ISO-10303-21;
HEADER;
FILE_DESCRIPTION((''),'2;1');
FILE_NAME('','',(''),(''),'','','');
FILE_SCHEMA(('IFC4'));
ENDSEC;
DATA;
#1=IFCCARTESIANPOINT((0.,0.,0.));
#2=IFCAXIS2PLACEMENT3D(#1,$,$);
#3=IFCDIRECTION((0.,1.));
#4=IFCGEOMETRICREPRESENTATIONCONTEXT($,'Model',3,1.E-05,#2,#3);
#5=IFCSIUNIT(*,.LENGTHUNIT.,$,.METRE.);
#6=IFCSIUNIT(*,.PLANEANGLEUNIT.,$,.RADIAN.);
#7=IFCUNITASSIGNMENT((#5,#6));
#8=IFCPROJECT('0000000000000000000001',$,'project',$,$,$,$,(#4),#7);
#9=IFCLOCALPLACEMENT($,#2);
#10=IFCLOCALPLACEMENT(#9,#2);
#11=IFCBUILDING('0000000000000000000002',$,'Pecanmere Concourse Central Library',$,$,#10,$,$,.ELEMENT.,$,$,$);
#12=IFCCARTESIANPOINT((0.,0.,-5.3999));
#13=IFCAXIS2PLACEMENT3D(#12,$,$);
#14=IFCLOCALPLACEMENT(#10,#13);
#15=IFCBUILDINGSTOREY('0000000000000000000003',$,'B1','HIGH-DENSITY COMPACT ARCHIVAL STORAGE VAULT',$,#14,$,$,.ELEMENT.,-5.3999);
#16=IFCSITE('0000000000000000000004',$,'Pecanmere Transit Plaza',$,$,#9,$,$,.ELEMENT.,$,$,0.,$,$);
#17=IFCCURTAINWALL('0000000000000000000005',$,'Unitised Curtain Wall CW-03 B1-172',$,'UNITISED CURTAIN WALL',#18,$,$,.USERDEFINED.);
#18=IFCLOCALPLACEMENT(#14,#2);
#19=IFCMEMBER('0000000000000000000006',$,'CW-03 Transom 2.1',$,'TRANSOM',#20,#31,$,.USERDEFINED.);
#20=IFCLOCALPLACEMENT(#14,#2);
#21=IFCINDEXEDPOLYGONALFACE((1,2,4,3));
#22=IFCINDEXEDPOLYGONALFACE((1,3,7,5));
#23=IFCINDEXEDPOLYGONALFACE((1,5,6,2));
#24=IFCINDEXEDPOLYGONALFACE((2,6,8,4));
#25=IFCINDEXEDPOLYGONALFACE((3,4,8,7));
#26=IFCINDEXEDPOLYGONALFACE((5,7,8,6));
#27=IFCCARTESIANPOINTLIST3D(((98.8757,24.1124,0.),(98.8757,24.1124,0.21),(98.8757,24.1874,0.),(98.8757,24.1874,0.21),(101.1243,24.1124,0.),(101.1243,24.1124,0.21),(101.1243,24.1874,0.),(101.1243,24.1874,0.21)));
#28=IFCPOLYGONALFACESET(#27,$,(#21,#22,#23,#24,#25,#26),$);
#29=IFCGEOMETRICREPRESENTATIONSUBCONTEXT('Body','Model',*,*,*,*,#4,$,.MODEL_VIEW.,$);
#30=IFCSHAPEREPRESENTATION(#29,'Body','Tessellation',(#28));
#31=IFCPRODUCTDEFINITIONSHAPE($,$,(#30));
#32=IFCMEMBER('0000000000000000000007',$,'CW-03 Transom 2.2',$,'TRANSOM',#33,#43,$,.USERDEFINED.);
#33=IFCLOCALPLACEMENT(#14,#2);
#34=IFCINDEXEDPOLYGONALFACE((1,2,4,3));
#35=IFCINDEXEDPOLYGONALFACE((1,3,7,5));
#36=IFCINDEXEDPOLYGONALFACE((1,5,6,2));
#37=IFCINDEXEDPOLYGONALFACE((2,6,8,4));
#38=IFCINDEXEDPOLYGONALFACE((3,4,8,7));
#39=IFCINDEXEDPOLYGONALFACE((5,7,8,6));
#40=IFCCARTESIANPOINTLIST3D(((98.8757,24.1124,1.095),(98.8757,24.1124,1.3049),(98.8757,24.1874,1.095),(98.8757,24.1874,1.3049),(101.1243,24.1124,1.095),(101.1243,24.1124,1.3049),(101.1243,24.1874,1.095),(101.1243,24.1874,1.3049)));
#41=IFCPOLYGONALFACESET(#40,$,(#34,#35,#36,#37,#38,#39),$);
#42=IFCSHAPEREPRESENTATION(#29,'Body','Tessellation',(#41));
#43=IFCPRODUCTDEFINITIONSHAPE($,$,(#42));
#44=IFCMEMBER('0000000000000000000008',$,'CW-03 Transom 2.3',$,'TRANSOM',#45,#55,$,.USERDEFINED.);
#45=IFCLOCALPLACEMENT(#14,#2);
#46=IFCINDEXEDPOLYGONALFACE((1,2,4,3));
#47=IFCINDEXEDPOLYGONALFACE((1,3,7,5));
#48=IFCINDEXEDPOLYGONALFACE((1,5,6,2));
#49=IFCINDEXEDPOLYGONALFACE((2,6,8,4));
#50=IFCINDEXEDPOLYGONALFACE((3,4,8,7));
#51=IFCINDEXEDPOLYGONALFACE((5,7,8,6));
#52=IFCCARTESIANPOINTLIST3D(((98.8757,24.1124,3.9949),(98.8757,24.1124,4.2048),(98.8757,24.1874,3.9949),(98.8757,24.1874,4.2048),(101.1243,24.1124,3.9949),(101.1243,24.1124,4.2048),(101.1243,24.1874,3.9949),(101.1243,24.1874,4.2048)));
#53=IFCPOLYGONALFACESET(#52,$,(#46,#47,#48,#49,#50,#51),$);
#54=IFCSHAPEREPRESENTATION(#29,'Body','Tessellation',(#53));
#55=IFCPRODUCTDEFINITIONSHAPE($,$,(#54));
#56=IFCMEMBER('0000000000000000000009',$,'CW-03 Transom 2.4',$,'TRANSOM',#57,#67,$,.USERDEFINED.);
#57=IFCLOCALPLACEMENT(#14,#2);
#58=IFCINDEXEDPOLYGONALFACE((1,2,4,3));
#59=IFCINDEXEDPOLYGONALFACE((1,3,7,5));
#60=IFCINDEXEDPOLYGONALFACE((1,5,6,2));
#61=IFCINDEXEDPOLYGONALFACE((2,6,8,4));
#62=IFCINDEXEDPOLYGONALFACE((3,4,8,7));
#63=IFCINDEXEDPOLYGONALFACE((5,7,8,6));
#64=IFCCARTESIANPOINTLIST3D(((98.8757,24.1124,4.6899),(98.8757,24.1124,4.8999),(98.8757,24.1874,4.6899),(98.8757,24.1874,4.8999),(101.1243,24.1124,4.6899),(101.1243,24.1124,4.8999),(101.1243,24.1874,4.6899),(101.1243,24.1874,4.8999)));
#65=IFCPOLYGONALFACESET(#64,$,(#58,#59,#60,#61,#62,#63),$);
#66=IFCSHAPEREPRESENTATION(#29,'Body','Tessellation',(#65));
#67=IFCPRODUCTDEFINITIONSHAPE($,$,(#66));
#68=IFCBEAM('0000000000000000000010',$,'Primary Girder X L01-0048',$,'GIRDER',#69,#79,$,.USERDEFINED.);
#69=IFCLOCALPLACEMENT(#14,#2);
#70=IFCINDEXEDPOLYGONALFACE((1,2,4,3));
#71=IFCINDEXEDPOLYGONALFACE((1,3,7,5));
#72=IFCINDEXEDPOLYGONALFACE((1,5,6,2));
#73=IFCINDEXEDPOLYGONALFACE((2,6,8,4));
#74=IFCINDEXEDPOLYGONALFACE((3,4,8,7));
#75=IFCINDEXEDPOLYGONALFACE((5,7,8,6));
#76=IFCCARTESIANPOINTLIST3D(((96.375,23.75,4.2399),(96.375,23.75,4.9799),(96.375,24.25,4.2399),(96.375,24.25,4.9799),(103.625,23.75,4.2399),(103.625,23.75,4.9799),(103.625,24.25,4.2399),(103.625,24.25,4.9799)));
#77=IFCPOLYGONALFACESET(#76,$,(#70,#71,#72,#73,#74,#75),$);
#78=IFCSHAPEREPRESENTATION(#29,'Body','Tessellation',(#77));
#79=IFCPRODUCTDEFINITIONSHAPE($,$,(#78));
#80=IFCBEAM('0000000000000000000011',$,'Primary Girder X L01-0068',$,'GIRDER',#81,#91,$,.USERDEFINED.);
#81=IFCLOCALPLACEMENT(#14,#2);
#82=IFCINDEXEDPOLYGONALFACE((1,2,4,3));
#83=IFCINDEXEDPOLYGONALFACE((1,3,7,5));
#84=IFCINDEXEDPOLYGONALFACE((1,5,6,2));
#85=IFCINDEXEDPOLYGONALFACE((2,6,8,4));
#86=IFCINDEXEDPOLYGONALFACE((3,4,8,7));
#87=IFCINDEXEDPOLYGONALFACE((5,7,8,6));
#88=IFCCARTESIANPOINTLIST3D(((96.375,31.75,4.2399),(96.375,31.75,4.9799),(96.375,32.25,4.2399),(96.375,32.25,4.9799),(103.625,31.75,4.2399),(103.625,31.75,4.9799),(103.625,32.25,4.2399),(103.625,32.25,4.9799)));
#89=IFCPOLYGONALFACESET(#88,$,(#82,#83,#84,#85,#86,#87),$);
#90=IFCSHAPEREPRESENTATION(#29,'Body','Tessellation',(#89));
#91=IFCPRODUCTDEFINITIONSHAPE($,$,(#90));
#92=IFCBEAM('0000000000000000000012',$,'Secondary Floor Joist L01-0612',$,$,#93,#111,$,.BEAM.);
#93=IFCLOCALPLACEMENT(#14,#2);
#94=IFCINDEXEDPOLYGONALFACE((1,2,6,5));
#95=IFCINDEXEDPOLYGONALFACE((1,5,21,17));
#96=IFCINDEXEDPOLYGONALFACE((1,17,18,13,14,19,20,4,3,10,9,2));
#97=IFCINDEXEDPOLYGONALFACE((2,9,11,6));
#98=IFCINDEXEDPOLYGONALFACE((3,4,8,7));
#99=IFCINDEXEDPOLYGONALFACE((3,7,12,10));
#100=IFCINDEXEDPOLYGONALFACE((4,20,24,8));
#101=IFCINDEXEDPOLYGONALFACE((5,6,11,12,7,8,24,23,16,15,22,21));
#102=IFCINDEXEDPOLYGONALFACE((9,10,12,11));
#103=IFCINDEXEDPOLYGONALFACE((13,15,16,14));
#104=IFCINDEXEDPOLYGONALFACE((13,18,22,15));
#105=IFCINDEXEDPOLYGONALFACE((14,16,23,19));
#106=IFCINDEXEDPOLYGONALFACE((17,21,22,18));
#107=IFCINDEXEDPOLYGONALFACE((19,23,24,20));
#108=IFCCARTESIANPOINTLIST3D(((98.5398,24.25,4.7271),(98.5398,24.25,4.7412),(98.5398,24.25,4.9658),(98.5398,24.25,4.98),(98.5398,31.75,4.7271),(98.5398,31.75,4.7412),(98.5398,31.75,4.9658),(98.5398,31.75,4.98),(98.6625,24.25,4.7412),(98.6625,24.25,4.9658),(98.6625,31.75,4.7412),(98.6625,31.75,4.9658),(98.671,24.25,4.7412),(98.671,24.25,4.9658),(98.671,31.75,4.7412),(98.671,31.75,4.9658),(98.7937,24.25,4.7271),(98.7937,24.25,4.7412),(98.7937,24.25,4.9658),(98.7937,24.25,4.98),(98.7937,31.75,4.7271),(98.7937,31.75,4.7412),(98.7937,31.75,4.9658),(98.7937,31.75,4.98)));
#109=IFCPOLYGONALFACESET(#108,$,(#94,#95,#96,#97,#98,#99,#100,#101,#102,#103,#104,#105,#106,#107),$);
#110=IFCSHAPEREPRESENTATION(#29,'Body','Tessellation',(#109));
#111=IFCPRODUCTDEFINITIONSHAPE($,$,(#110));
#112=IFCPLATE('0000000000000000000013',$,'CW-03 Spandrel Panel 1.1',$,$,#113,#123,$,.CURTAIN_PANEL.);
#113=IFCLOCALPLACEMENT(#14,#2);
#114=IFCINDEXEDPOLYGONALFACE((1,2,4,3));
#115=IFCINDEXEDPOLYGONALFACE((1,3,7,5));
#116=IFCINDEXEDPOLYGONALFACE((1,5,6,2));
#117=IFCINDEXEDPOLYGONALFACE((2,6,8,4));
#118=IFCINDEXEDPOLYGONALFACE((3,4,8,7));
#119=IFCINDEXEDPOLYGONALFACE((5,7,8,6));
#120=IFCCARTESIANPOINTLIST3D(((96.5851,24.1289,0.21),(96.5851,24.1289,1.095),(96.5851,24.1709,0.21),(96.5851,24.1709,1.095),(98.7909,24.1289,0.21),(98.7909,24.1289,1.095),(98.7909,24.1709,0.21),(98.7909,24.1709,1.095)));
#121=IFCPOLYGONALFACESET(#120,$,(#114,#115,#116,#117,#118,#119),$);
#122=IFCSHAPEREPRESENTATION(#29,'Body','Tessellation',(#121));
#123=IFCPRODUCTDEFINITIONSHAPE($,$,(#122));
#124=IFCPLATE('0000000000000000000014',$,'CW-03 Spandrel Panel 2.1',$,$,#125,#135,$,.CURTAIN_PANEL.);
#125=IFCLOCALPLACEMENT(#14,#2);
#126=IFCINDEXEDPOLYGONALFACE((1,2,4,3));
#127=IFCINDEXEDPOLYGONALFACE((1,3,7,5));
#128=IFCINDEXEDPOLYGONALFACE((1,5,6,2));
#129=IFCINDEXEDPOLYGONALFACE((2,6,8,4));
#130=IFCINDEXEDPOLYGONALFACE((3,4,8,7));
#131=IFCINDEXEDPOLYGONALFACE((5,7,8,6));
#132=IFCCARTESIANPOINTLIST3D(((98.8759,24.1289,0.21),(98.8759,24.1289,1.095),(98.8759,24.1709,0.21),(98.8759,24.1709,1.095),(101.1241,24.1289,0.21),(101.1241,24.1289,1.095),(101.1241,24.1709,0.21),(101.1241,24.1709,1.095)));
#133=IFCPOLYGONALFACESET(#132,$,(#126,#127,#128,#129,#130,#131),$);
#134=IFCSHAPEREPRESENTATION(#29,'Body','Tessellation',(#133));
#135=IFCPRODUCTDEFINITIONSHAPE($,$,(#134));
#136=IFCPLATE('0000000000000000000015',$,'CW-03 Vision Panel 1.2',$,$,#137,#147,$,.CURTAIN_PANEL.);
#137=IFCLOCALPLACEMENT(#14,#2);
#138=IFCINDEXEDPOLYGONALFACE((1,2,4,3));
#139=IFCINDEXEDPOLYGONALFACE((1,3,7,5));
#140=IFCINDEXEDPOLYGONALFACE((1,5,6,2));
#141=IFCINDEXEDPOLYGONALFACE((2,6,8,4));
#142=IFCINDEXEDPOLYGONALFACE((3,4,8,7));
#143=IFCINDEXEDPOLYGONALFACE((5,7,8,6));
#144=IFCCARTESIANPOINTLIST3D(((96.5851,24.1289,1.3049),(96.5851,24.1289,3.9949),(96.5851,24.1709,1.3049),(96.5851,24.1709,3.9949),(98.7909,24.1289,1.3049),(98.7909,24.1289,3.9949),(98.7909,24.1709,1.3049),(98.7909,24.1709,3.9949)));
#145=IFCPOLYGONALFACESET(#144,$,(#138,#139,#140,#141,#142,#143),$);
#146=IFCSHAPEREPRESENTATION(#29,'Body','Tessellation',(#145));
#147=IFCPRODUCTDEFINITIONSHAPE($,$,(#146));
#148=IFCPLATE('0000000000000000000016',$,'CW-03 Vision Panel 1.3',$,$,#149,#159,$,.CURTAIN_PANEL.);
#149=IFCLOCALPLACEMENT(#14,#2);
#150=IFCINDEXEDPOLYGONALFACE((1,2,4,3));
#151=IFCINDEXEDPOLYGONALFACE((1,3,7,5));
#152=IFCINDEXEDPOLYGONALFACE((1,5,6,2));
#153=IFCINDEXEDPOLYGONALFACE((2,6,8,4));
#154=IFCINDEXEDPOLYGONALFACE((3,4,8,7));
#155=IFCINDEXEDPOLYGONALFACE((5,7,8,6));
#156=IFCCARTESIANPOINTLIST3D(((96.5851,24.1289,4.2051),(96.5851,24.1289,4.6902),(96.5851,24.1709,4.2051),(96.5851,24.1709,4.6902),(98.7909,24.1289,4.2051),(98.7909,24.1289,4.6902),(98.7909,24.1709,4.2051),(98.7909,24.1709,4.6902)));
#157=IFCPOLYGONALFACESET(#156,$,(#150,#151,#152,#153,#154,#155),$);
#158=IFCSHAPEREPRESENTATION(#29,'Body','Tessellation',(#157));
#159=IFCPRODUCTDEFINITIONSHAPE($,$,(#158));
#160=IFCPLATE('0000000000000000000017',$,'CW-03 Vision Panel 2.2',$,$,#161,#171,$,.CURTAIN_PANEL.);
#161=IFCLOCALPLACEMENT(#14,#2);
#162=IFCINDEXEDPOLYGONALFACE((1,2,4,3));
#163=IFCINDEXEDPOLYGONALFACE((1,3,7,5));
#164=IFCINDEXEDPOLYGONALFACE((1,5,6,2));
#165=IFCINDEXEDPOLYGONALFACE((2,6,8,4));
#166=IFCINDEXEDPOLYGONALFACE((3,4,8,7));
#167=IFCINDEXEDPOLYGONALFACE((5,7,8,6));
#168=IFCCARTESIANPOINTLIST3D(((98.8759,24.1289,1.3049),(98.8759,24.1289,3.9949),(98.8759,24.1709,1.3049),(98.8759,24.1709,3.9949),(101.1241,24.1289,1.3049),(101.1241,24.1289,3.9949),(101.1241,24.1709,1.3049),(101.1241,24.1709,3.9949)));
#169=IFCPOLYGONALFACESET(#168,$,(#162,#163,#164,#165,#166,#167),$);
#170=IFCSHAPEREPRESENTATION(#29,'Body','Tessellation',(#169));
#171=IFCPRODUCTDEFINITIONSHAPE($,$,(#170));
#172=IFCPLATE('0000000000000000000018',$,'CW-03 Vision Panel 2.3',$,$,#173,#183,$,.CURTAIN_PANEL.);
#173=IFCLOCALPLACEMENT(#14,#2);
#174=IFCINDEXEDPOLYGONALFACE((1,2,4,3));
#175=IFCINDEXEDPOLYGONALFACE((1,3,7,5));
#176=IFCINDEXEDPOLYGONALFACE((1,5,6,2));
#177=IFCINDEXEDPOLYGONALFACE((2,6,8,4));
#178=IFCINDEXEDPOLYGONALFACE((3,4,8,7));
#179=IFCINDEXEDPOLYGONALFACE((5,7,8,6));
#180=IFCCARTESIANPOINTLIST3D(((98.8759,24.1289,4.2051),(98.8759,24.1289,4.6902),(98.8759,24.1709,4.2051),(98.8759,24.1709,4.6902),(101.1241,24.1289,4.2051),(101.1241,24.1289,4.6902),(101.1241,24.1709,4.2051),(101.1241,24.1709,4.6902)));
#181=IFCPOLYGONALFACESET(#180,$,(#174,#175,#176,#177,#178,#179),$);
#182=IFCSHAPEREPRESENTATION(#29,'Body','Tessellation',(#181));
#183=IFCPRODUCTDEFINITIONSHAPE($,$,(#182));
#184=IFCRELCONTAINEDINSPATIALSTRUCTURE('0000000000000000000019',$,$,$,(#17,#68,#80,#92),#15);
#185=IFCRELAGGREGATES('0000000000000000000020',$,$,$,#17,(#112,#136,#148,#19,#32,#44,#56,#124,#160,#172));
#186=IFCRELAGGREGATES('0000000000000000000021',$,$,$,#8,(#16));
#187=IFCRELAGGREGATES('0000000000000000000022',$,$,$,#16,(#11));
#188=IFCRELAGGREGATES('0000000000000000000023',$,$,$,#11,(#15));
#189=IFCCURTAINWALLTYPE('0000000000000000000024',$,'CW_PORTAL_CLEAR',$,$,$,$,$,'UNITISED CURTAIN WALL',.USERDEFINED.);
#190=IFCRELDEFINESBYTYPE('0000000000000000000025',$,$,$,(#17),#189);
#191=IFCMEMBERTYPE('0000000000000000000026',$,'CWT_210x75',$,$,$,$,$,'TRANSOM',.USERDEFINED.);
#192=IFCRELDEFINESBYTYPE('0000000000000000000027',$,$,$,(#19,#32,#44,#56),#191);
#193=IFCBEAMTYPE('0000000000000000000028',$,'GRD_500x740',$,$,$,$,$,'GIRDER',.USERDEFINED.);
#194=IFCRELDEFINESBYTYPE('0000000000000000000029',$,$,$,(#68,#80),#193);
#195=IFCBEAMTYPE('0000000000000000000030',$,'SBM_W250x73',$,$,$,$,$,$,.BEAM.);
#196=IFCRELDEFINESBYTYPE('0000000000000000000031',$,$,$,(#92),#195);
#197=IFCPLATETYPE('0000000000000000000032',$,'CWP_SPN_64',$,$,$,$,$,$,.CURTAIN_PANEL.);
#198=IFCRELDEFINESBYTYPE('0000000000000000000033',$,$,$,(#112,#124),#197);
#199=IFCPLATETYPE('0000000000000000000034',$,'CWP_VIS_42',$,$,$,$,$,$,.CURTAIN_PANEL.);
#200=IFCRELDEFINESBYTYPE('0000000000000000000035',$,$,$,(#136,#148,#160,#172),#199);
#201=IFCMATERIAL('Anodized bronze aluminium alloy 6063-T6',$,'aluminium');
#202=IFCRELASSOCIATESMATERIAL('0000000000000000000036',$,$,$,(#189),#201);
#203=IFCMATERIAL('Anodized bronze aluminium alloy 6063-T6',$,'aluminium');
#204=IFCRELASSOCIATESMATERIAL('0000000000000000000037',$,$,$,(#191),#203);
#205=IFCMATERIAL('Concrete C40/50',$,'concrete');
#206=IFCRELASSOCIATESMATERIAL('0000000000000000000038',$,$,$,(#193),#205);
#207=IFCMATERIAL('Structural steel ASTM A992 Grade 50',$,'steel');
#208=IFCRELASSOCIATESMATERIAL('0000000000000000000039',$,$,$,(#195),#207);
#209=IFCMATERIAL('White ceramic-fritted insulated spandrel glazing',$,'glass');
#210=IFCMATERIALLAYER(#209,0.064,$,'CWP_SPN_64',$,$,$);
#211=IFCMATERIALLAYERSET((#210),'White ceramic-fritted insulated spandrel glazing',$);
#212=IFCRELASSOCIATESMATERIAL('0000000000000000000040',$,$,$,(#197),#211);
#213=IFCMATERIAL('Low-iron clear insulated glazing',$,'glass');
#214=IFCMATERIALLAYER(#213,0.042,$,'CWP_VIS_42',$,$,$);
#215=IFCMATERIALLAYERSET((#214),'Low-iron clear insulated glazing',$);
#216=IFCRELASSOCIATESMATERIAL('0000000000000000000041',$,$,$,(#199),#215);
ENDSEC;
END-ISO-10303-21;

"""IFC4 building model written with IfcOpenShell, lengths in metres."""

from ifc_helpers import new_model, si_unit, direction, frame, origin, origin_2d, place, context, subcontext, project, spatial, rectangle, i_section, extrude, material, layer, layer_set, material_profile, profile_set, type_object, element, aggregate, save


model = new_model("IFC4")

# Units and contexts
model_context = context("Model", 3, precision=1e-05, world=origin(), true_north=direction((0.0, 1.0)))
body_context = subcontext(model_context, "Body", "Model", "MODEL_VIEW")
ifc_project = project(units=[si_unit("LENGTHUNIT", "METRE"), si_unit("PLANEANGLEUNIT", "RADIAN")], contexts=[model_context])

# Site, building, storey
site_placement = place(None, origin())
site = spatial("IfcSite", under=ifc_project, at=site_placement, Name="Pecanmere Transit Plaza", CompositionType="ELEMENT", RefElevation=0.0)
building_placement = place(site_placement, origin())
building = spatial("IfcBuilding", under=site, at=building_placement, Name="Pecanmere Concourse Central Library", CompositionType="ELEMENT")
storey_placement = place(building_placement, frame((0.0, 0.0, -5.3999)))
storey = spatial("IfcBuildingStorey", under=building, at=storey_placement, Name="B1", Description="HIGH-DENSITY COMPACT ARCHIVAL STORAGE VAULT", CompositionType="ELEMENT", Elevation=-5.3999)

# Curtain wall, members
ifc_material_1 = material(Name="Anodized bronze aluminium alloy 6063-T6", Category="aluminium")
curtain_wall_type = type_object("IfcCurtainWallType", Name="CW_PORTAL_CLEAR", ElementType="UNITISED CURTAIN WALL", PredefinedType="USERDEFINED", material=ifc_material_1)
curtain_wall_placement = place(storey_placement, origin())
curtain_wall = element("IfcCurtainWall", 1, at=curtain_wall_placement, inside=storey, type_object=curtain_wall_type, Name="Unitised Curtain Wall CW-03 B1-172", ObjectType="UNITISED CURTAIN WALL", PredefinedType="USERDEFINED")
ifc_material_2 = material(Name="Anodized bronze aluminium alloy 6063-T6", Category="aluminium")
ifc_material_profile_1 = material_profile(ifc_material_2, rectangle(XDim=0.075, YDim=0.21, at=origin_2d()), Name="AL 75x210")
ifc_profile_set_1 = profile_set([ifc_material_profile_1], Name="Anodized bronze aluminium alloy 6063-T6")
member_type_1 = type_object("IfcMemberType", Name="CWT_210x75", ElementType="TRANSOM", PredefinedType="USERDEFINED", material=ifc_profile_set_1)
member_1_placement = place(storey_placement, frame((98.8757, 24.1499, 0.105), z_axis=(1.0, 0.0, 0.0), x_axis=(0.0, 1.0, 0.0)))
member_1 = element("IfcMember", 2, at=member_1_placement, type_object=member_type_1, Name="CW-03 Transom 2.1", ObjectType="TRANSOM", PredefinedType="USERDEFINED", context=body_context, shape_type="SweptSolid", body=[
    extrude(rectangle(XDim=0.075, YDim=0.21, at=origin_2d()), origin(), (0.0, 0.0, 1.0), 2.2485),
])
member_2_placement = place(storey_placement, frame((98.8757, 24.1499, 1.2), z_axis=(1.0, 0.0, 0.0), x_axis=(0.0, 1.0, 0.0)))
member_2 = element("IfcMember", 3, at=member_2_placement, type_object=member_type_1, Name="CW-03 Transom 2.2", ObjectType="TRANSOM", PredefinedType="USERDEFINED", context=body_context, shape_type="SweptSolid", body=[
    extrude(rectangle(XDim=0.075, YDim=0.21, at=origin_2d()), origin(), (0.0, 0.0, 1.0), 2.2485),
])
member_3_placement = place(storey_placement, frame((98.8757, 24.1499, 4.0999), z_axis=(1.0, 0.0, 0.0), x_axis=(0.0, 1.0, 0.0)))
member_3 = element("IfcMember", 4, at=member_3_placement, type_object=member_type_1, Name="CW-03 Transom 2.3", ObjectType="TRANSOM", PredefinedType="USERDEFINED", context=body_context, shape_type="SweptSolid", body=[
    extrude(rectangle(XDim=0.075, YDim=0.21, at=origin_2d()), origin(), (0.0, 0.0, 1.0), 2.2485),
])
member_4_placement = place(storey_placement, frame((98.8757, 24.1499, 4.7949), z_axis=(1.0, 0.0, 0.0), x_axis=(0.0, 1.0, 0.0)))
member_4 = element("IfcMember", 5, at=member_4_placement, type_object=member_type_1, Name="CW-03 Transom 2.4", ObjectType="TRANSOM", PredefinedType="USERDEFINED", context=body_context, shape_type="SweptSolid", body=[
    extrude(rectangle(XDim=0.075, YDim=0.21, at=origin_2d()), origin(), (0.0, 0.0, 1.0), 2.2485),
])

# Beams
ifc_material_3 = material(Name="Concrete C40/50", Category="concrete")
ifc_material_profile_2 = material_profile(ifc_material_3, rectangle(XDim=0.5, YDim=0.74, at=origin_2d()), Name="RC 500x740")
ifc_profile_set_2 = profile_set([ifc_material_profile_2], Name="Concrete C40/50")
beam_type_1 = type_object("IfcBeamType", Name="GRD_500x740", ElementType="GIRDER", PredefinedType="USERDEFINED", material=ifc_profile_set_2)
for number, where, z_axis, x_axis, name in (
    (6, (96.375, 24.0, 4.6099), (1.0, 0.0, 0.0), (0.0, 1.0, 0.0), "Primary Girder X L01-0048"),
    (7, (96.375, 32.0, 4.6099), (1.0, 0.0, 0.0), (0.0, 1.0, 0.0), "Primary Girder X L01-0068"),
):
    element("IfcBeam", number, at=place(storey_placement, frame(where, z_axis=z_axis, x_axis=x_axis)), inside=storey, type_object=beam_type_1, Name=name, ObjectType="GIRDER", PredefinedType="USERDEFINED", context=body_context, shape_type="SweptSolid", body=[
        extrude(rectangle(XDim=0.5, YDim=0.74, at=origin_2d()), origin(), (0.0, 0.0, 1.0), 7.25),
    ])
ifc_material_4 = material(Name="Structural steel ASTM A992 Grade 50", Category="steel")
ifc_material_profile_3 = material_profile(ifc_material_4, i_section(OverallWidth=0.2539, OverallDepth=0.2529, WebThickness=0.0085, FlangeThickness=0.0142, at=origin_2d()), Name="W250x73")
ifc_profile_set_3 = profile_set([ifc_material_profile_3], Name="Structural steel ASTM A992 Grade 50")
beam_type_2 = type_object("IfcBeamType", Name="SBM_W250x73", PredefinedType="BEAM", material=ifc_profile_set_3)
beam_placement = place(storey_placement, frame((98.6667, 24.25, 4.8535), z_axis=(0.0, 1.0, 0.0), x_axis=(-1.0, 0.0, 0.0)))
element("IfcBeam", 8, at=beam_placement, inside=storey, type_object=beam_type_2, Name="Secondary Floor Joist L01-0612", PredefinedType="BEAM", context=body_context, shape_type="SweptSolid", body=[
    extrude(i_section(OverallWidth=0.2539, OverallDepth=0.2529, WebThickness=0.0085, FlangeThickness=0.0142, at=origin_2d()), origin(), (0.0, 0.0, 1.0), 7.5),
])

# Plates
ifc_material_5 = material(Name="White ceramic-fritted insulated spandrel glazing", Category="glass")
ifc_layer_1 = layer(ifc_material_5, 0.064, Name="CWP_SPN_64")
ifc_layer_set_1 = layer_set([ifc_layer_1], Name="White ceramic-fritted insulated spandrel glazing")
plate_type_1 = type_object("IfcPlateType", Name="CWP_SPN_64", PredefinedType="CURTAIN_PANEL", material=ifc_layer_set_1)
plate_1_placement = place(storey_placement, frame((97.688, 24.1499, 0.21), z_axis=(0.0, 0.0, 1.0), x_axis=(1.0, 0.0, 0.0)))
plate_1 = element("IfcPlate", 9, at=plate_1_placement, type_object=plate_type_1, Name="CW-03 Spandrel Panel 1.1", PredefinedType="CURTAIN_PANEL", context=body_context, shape_type="SweptSolid", body=[
    extrude(rectangle(XDim=2.2058, YDim=0.042, at=origin_2d()), origin(), (0.0, 0.0, 1.0), 0.885),
])
plate_2_placement = place(storey_placement, frame((100.0, 24.1499, 0.21), z_axis=(0.0, 0.0, 1.0), x_axis=(1.0, 0.0, 0.0)))
plate_2 = element("IfcPlate", 10, at=plate_2_placement, type_object=plate_type_1, Name="CW-03 Spandrel Panel 2.1", PredefinedType="CURTAIN_PANEL", context=body_context, shape_type="SweptSolid", body=[
    extrude(rectangle(XDim=2.2483, YDim=0.042, at=origin_2d()), origin(), (0.0, 0.0, 1.0), 0.885),
])
ifc_material_6 = material(Name="Low-iron clear insulated glazing", Category="glass")
ifc_layer_2 = layer(ifc_material_6, 0.042, Name="CWP_VIS_42")
ifc_layer_set_2 = layer_set([ifc_layer_2], Name="Low-iron clear insulated glazing")
plate_type_2 = type_object("IfcPlateType", Name="CWP_VIS_42", PredefinedType="CURTAIN_PANEL", material=ifc_layer_set_2)
plate_3_placement = place(storey_placement, frame((97.688, 24.1499, 1.3049), z_axis=(0.0, 0.0, 1.0), x_axis=(1.0, 0.0, 0.0)))
plate_3 = element("IfcPlate", 11, at=plate_3_placement, type_object=plate_type_2, Name="CW-03 Vision Panel 1.2", PredefinedType="CURTAIN_PANEL", context=body_context, shape_type="SweptSolid", body=[
    extrude(rectangle(XDim=2.2058, YDim=0.042, at=origin_2d()), origin(), (0.0, 0.0, 1.0), 2.6899),
])
plate_4_placement = place(storey_placement, frame((97.688, 24.1499, 4.2051), z_axis=(0.0, 0.0, 1.0), x_axis=(1.0, 0.0, 0.0)))
plate_4 = element("IfcPlate", 12, at=plate_4_placement, type_object=plate_type_2, Name="CW-03 Vision Panel 1.3", PredefinedType="CURTAIN_PANEL", context=body_context, shape_type="SweptSolid", body=[
    extrude(rectangle(XDim=2.2058, YDim=0.042, at=origin_2d()), origin(), (0.0, 0.0, 1.0), 0.4851),
])
plate_5_placement = place(storey_placement, frame((100.0, 24.1499, 1.3049), z_axis=(0.0, 0.0, 1.0), x_axis=(1.0, 0.0, 0.0)))
plate_5 = element("IfcPlate", 13, at=plate_5_placement, type_object=plate_type_2, Name="CW-03 Vision Panel 2.2", PredefinedType="CURTAIN_PANEL", context=body_context, shape_type="SweptSolid", body=[
    extrude(rectangle(XDim=2.2483, YDim=0.042, at=origin_2d()), origin(), (0.0, 0.0, 1.0), 2.6899),
])
plate_6_placement = place(storey_placement, frame((100.0, 24.1499, 4.2051), z_axis=(0.0, 0.0, 1.0), x_axis=(1.0, 0.0, 0.0)))
plate_6 = element("IfcPlate", 14, at=plate_6_placement, type_object=plate_type_2, Name="CW-03 Vision Panel 2.3", PredefinedType="CURTAIN_PANEL", context=body_context, shape_type="SweptSolid", body=[
    extrude(rectangle(XDim=2.2483, YDim=0.042, at=origin_2d()), origin(), (0.0, 0.0, 1.0), 0.4851),
])
aggregate(curtain_wall, [plate_1, plate_3, plate_4, member_1, member_2, member_3, member_4, plate_2, plate_5, plate_6])

save(model, "model.ifc")
